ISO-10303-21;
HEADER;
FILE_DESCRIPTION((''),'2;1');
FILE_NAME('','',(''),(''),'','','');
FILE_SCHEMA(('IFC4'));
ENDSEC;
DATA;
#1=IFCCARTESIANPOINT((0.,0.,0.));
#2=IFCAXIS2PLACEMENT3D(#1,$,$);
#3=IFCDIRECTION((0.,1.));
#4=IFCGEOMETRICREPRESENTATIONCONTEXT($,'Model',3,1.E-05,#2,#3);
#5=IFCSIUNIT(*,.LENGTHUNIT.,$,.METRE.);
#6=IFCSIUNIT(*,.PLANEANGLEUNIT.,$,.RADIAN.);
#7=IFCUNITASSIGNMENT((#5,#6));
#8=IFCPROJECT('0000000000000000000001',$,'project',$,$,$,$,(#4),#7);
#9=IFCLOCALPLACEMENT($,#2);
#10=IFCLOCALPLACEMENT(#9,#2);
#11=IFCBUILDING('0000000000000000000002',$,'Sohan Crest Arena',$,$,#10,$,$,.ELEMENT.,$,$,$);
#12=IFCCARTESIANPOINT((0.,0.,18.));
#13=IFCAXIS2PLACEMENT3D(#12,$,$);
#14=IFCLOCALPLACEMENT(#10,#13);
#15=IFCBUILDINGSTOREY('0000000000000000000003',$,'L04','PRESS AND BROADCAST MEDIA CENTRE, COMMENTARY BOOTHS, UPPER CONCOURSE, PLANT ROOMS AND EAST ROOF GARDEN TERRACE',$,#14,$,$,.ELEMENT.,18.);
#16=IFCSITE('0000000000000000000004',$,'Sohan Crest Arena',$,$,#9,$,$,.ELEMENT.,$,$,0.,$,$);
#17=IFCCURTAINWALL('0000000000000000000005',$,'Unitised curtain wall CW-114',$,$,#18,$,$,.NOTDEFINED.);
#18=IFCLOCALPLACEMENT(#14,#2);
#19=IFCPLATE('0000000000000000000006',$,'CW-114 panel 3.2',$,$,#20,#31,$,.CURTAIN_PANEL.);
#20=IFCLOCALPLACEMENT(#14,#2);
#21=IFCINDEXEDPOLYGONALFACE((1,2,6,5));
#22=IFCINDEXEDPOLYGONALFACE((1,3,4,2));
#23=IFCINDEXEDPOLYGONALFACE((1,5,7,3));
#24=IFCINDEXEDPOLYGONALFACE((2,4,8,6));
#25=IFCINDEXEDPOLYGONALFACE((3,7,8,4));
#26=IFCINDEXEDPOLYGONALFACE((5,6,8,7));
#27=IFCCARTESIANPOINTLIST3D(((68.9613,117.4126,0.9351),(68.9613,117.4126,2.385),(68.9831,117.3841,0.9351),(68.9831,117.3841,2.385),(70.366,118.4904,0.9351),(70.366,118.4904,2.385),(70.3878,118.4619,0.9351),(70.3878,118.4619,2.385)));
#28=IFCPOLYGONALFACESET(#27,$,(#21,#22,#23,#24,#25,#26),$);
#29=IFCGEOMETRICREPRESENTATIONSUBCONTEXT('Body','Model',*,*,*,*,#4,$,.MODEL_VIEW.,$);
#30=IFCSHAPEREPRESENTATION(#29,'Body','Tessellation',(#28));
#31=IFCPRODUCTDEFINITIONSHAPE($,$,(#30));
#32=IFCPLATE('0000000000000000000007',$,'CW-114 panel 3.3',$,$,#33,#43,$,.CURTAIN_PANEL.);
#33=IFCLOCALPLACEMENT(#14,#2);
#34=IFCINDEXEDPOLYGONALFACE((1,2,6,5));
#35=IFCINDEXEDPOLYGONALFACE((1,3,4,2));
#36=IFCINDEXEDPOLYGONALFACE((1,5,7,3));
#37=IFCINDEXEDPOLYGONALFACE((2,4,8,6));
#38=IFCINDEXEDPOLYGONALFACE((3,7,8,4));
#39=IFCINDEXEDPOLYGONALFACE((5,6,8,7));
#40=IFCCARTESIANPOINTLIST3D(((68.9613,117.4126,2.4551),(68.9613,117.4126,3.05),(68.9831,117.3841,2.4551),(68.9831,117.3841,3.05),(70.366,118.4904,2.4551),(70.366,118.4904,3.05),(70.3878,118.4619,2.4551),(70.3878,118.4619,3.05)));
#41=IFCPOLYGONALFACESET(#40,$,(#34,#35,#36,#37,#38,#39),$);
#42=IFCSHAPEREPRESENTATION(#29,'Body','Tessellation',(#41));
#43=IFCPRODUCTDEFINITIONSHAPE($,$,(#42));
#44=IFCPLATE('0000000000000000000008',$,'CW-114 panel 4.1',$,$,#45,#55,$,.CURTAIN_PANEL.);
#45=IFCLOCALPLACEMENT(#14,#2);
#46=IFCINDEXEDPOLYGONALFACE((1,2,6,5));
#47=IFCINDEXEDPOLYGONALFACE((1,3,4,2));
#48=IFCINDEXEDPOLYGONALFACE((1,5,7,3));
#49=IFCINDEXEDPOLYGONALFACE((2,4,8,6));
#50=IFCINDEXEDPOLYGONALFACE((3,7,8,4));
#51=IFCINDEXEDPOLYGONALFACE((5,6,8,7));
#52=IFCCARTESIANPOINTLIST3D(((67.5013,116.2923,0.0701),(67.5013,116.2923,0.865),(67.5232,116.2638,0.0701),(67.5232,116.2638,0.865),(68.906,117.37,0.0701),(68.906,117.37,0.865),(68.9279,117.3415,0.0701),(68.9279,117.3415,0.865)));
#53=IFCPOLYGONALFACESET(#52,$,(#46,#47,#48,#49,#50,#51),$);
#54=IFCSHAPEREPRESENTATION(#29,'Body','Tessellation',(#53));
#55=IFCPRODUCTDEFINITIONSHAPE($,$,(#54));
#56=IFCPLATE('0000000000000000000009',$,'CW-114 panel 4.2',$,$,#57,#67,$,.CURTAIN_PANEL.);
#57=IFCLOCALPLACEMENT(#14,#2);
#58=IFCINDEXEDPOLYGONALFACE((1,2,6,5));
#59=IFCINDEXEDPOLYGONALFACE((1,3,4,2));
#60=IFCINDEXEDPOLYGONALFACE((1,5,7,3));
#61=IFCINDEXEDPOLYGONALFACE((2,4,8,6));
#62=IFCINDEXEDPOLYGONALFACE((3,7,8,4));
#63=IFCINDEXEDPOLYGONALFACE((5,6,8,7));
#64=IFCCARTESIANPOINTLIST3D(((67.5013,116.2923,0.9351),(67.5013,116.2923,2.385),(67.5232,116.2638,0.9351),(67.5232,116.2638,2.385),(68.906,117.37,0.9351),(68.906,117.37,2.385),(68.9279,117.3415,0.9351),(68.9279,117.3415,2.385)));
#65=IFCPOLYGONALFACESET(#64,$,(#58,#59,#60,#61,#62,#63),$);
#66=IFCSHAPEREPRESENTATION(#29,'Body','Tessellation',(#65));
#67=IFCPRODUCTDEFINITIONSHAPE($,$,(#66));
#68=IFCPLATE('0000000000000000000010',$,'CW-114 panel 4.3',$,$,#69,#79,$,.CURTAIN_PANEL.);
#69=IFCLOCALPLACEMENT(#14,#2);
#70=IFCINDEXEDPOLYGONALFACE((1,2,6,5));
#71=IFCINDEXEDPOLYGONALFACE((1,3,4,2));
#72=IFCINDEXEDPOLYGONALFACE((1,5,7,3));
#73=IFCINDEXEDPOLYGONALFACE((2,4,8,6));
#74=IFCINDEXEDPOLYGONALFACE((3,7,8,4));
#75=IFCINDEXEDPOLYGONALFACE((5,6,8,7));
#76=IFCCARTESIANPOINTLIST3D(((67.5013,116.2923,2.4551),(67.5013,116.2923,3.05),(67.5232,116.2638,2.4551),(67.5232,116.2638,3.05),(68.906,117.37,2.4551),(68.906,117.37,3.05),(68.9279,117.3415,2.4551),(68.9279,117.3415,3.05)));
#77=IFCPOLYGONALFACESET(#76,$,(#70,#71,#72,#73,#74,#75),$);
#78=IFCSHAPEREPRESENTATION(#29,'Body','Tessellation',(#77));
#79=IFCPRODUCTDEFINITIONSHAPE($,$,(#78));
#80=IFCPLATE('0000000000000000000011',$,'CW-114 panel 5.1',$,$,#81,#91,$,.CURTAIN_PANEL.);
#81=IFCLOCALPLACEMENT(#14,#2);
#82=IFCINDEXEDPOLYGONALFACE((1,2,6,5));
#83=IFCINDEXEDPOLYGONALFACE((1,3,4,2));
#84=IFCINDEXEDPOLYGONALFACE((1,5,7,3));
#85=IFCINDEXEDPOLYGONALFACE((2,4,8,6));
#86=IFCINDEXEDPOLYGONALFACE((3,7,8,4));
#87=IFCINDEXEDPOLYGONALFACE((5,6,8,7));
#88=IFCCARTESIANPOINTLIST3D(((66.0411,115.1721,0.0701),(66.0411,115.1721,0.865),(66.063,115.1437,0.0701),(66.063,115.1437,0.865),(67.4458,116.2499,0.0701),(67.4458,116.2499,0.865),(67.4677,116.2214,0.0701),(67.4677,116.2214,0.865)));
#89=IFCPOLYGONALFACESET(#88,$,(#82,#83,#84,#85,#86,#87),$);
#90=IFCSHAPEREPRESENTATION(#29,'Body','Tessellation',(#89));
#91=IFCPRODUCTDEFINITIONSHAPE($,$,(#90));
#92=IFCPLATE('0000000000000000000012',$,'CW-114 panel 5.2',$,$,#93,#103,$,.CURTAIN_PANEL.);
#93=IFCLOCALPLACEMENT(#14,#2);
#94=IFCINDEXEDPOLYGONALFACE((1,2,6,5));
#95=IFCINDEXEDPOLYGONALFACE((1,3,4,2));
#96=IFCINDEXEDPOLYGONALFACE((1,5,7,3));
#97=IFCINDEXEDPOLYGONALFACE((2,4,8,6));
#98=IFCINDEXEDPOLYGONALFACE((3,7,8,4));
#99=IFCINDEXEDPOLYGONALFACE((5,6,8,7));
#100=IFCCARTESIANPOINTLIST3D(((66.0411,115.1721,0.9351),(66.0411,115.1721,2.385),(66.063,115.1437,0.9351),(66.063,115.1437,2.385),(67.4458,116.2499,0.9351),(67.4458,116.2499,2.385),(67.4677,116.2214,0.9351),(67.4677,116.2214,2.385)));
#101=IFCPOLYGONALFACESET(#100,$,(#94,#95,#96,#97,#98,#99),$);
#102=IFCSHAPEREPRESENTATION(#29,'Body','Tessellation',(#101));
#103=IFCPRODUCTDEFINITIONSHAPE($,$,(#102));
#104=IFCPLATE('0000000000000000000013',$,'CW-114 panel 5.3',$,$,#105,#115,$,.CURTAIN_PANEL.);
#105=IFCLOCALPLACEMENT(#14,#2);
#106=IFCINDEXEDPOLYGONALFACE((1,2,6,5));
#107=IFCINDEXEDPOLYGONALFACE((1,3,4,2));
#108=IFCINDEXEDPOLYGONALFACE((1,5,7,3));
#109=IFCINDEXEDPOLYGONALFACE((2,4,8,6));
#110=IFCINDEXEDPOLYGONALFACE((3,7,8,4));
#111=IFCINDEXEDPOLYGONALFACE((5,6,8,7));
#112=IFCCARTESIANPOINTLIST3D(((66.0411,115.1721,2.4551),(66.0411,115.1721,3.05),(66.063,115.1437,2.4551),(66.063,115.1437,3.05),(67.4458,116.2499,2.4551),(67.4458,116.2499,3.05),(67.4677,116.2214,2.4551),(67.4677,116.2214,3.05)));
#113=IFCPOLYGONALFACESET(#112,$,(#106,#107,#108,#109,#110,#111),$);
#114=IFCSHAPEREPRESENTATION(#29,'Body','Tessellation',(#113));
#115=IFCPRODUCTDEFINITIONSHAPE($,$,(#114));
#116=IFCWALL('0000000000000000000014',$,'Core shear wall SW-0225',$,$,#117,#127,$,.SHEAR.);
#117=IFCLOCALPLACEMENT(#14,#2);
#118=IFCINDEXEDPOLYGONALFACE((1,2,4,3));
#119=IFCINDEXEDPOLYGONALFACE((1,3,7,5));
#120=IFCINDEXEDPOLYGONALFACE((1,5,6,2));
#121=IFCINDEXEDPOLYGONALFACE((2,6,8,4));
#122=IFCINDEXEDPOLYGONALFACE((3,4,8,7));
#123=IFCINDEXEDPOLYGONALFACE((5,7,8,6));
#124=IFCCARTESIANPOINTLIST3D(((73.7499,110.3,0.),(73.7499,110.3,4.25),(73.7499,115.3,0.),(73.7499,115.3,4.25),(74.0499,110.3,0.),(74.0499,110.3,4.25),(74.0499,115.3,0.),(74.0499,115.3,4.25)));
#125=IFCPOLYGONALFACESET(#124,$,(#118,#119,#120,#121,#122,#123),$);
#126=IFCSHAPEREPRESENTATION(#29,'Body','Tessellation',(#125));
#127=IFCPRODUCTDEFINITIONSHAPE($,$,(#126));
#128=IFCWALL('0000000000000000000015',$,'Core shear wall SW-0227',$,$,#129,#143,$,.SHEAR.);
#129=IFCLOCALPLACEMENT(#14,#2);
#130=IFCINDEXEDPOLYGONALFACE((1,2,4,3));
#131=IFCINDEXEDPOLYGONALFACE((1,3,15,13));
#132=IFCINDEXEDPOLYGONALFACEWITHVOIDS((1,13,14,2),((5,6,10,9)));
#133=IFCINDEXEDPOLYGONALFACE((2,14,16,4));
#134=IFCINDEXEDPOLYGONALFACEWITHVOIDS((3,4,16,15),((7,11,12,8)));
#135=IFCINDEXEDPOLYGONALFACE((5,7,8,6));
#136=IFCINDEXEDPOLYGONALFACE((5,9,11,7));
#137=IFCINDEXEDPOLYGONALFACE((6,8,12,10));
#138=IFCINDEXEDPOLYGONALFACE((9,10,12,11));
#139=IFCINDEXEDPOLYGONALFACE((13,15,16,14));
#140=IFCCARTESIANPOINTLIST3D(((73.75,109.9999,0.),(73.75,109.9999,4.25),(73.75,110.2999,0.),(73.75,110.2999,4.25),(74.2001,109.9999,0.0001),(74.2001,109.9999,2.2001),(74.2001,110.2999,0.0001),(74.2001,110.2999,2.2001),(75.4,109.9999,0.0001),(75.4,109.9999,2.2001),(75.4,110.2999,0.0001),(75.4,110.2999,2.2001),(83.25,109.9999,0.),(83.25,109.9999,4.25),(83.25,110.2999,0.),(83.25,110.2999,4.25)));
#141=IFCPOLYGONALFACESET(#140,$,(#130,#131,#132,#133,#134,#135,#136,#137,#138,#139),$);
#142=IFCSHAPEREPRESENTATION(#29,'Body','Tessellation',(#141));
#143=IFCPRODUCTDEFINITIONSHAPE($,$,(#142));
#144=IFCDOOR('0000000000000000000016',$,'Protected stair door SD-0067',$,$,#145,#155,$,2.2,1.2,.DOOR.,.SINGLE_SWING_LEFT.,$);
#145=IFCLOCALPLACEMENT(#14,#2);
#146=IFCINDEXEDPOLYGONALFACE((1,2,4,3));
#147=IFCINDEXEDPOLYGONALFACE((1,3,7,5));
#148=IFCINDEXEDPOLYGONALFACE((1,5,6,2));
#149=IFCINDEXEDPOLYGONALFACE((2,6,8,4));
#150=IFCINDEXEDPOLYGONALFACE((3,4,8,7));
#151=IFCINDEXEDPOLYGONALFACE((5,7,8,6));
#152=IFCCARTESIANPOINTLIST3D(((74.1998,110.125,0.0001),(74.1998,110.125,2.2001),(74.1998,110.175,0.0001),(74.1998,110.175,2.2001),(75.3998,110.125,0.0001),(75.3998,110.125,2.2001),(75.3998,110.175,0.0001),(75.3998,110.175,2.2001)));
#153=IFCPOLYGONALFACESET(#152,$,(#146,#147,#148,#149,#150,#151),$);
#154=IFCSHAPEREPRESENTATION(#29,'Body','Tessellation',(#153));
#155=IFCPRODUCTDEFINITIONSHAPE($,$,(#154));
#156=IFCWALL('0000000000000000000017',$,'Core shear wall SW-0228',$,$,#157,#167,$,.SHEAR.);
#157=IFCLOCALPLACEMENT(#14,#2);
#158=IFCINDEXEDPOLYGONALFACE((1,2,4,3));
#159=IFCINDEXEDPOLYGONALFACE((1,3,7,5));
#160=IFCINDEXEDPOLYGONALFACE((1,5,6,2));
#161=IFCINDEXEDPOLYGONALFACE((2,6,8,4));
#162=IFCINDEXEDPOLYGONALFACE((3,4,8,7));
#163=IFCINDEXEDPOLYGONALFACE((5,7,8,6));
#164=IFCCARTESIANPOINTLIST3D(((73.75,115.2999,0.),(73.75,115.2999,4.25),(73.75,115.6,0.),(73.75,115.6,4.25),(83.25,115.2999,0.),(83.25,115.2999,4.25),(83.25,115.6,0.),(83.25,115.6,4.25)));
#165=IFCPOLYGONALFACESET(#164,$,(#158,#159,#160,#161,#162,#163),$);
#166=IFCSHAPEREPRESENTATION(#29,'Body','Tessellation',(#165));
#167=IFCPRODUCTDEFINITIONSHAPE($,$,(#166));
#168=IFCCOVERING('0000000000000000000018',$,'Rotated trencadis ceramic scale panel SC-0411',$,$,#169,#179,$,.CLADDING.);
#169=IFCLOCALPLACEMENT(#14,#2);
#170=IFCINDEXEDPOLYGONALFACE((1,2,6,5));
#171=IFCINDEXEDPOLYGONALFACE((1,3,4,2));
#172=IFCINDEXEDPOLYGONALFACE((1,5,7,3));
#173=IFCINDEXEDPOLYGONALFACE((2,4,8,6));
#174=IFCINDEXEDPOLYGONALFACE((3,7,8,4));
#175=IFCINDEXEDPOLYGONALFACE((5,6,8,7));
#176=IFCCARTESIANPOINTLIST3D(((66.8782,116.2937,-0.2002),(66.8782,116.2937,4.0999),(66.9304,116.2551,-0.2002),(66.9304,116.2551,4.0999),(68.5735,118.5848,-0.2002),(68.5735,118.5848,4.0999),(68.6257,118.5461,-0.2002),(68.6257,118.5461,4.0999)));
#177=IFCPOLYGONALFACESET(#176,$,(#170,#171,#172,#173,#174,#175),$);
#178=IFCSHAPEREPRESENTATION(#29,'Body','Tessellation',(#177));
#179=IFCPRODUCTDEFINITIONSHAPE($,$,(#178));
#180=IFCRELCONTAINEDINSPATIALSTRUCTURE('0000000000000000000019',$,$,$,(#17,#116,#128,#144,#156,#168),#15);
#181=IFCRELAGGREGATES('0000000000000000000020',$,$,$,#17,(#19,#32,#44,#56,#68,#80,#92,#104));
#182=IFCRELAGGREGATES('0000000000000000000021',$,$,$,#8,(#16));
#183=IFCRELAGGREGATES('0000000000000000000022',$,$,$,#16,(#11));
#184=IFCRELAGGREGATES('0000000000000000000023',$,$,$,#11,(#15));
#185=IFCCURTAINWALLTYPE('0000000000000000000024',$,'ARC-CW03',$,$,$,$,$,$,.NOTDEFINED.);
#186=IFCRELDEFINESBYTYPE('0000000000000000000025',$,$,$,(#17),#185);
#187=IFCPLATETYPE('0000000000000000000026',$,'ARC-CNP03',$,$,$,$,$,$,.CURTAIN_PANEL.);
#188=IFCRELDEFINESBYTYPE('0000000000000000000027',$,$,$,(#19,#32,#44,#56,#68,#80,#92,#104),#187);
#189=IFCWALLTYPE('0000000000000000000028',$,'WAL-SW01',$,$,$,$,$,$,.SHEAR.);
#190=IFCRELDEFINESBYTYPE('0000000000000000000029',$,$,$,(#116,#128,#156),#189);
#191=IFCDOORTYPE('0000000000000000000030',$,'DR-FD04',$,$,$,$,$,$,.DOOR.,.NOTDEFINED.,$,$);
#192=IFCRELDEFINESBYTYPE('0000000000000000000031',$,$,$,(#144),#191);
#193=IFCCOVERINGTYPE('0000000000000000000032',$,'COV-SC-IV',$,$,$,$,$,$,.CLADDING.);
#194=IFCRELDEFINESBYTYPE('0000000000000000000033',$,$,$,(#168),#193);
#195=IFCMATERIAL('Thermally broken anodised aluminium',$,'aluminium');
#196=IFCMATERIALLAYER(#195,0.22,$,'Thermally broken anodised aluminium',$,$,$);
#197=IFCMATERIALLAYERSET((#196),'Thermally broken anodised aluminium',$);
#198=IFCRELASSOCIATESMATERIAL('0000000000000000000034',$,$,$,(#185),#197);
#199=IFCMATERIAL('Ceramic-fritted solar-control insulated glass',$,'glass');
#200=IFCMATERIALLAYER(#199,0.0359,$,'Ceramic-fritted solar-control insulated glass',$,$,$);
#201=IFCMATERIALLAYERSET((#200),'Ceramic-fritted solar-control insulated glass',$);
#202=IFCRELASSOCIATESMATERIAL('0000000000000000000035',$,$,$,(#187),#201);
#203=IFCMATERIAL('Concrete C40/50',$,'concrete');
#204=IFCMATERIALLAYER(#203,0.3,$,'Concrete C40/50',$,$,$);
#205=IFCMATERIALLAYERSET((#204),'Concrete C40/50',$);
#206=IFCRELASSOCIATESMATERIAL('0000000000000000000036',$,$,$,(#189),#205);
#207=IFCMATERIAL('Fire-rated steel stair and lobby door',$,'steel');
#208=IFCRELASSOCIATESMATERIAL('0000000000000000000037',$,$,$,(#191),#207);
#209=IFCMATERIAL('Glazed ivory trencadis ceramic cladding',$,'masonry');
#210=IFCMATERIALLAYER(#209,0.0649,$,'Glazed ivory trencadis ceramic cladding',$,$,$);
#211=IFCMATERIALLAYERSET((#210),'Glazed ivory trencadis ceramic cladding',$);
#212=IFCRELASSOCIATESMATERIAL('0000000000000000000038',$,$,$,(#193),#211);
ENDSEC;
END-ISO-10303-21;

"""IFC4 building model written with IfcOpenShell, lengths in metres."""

from ifc_helpers import new_model, si_unit, direction, frame, frame_2d, origin, origin_2d, place, context, subcontext, project, spatial, rectangle, extrude, material, layer, layer_set, type_object, element, fill, aggregate, save


model = new_model("IFC4")

# Units and contexts
model_context = context("Model", 3, precision=1e-05, world=origin(), true_north=direction((0.0, 1.0)))
body_context = subcontext(model_context, "Body", "Model", "MODEL_VIEW")
ifc_project = project(units=[si_unit("LENGTHUNIT", "METRE"), si_unit("PLANEANGLEUNIT", "RADIAN")], contexts=[model_context])

# Site, building, storey
site_placement = place(None, origin())
site = spatial("IfcSite", under=ifc_project, at=site_placement, Name="Sohan Crest Arena", CompositionType="ELEMENT", RefElevation=0.0)
building_placement = place(site_placement, origin())
building = spatial("IfcBuilding", under=site, at=building_placement, Name="Sohan Crest Arena", CompositionType="ELEMENT")
storey_placement = place(building_placement, frame((0.0, 0.0, 18.0)))
storey = spatial("IfcBuildingStorey", under=building, at=storey_placement, Name="L04", Description="PRESS AND BROADCAST MEDIA CENTRE, COMMENTARY BOOTHS, UPPER CONCOURSE, PLANT ROOMS AND EAST ROOF GARDEN TERRACE", CompositionType="ELEMENT", Elevation=18.0)

# Curtain wall
ifc_material_1 = material(Name="Thermally broken anodised aluminium", Category="aluminium")
ifc_layer_1 = layer(ifc_material_1, 0.22, Name="Thermally broken anodised aluminium")
ifc_layer_set_1 = layer_set([ifc_layer_1], Name="Thermally broken anodised aluminium")
curtain_wall_type = type_object("IfcCurtainWallType", Name="ARC-CW03", PredefinedType="NOTDEFINED", material=ifc_layer_set_1)
curtain_wall_placement = place(storey_placement, origin())
curtain_wall = element("IfcCurtainWall", 1, at=curtain_wall_placement, inside=storey, type_object=curtain_wall_type, Name="Unitised curtain wall CW-114", PredefinedType="NOTDEFINED")

# Plates
ifc_material_2 = material(Name="Ceramic-fritted solar-control insulated glass", Category="glass")
ifc_layer_2 = layer(ifc_material_2, 0.0359, Name="Ceramic-fritted solar-control insulated glass")
ifc_layer_set_2 = layer_set([ifc_layer_2], Name="Ceramic-fritted solar-control insulated glass")
plate_type = type_object("IfcPlateType", Name="ARC-CNP03", PredefinedType="CURTAIN_PANEL", material=ifc_layer_set_2)
plate_1_placement = place(storey_placement, frame((69.6746, 117.9373, 0.9351), z_axis=(0.0, 0.0, 1.0), x_axis=(-0.793385, -0.60872, 0.0)))
plate_1 = element("IfcPlate", 2, at=plate_1_placement, type_object=plate_type, Name="CW-114 panel 3.2", PredefinedType="CURTAIN_PANEL", context=body_context, shape_type="SweptSolid", body=[
    extrude(rectangle(XDim=1.7705, YDim=0.0359, at=origin_2d()), origin(), (0.0, 0.0, 1.0), 1.45),
])
plate_2_placement = place(storey_placement, frame((69.6746, 117.9373, 2.4551), z_axis=(0.0, 0.0, 1.0), x_axis=(-0.793385, -0.60872, 0.0)))
plate_2 = element("IfcPlate", 3, at=plate_2_placement, type_object=plate_type, Name="CW-114 panel 3.3", PredefinedType="CURTAIN_PANEL", context=body_context, shape_type="SweptSolid", body=[
    extrude(rectangle(XDim=1.7705, YDim=0.0359, at=origin_2d()), origin(), (0.0, 0.0, 1.0), 0.595),
])
plate_3_placement = place(storey_placement, frame((68.2146, 116.8169, 0.0701), z_axis=(0.0, 0.0, 1.0), x_axis=(-0.793385, -0.60872, 0.0)))
plate_3 = element("IfcPlate", 4, at=plate_3_placement, type_object=plate_type, Name="CW-114 panel 4.1", PredefinedType="CURTAIN_PANEL", context=body_context, shape_type="SweptSolid", body=[
    extrude(rectangle(XDim=1.7705, YDim=0.0359, at=origin_2d()), origin(), (0.0, 0.0, 1.0), 0.7949),
])
plate_4_placement = place(storey_placement, frame((68.2146, 116.8169, 0.9351), z_axis=(0.0, 0.0, 1.0), x_axis=(-0.793385, -0.60872, 0.0)))
plate_4 = element("IfcPlate", 5, at=plate_4_placement, type_object=plate_type, Name="CW-114 panel 4.2", PredefinedType="CURTAIN_PANEL", context=body_context, shape_type="SweptSolid", body=[
    extrude(rectangle(XDim=1.7705, YDim=0.0359, at=origin_2d()), origin(), (0.0, 0.0, 1.0), 1.45),
])
plate_5_placement = place(storey_placement, frame((68.2146, 116.8169, 2.4551), z_axis=(0.0, 0.0, 1.0), x_axis=(-0.793385, -0.60872, 0.0)))
plate_5 = element("IfcPlate", 6, at=plate_5_placement, type_object=plate_type, Name="CW-114 panel 4.3", PredefinedType="CURTAIN_PANEL", context=body_context, shape_type="SweptSolid", body=[
    extrude(rectangle(XDim=1.7705, YDim=0.0359, at=origin_2d()), origin(), (0.0, 0.0, 1.0), 0.595),
])
plate_6_placement = place(storey_placement, frame((66.7544, 115.6968, 0.0701), z_axis=(0.0, 0.0, 1.0), x_axis=(-0.793385, -0.60872, 0.0)))
plate_6 = element("IfcPlate", 7, at=plate_6_placement, type_object=plate_type, Name="CW-114 panel 5.1", PredefinedType="CURTAIN_PANEL", context=body_context, shape_type="SweptSolid", body=[
    extrude(rectangle(XDim=1.7705, YDim=0.0359, at=origin_2d()), origin(), (0.0, 0.0, 1.0), 0.7949),
])
plate_7_placement = place(storey_placement, frame((66.7544, 115.6968, 0.9351), z_axis=(0.0, 0.0, 1.0), x_axis=(-0.793385, -0.60872, 0.0)))
plate_7 = element("IfcPlate", 8, at=plate_7_placement, type_object=plate_type, Name="CW-114 panel 5.2", PredefinedType="CURTAIN_PANEL", context=body_context, shape_type="SweptSolid", body=[
    extrude(rectangle(XDim=1.7705, YDim=0.0359, at=origin_2d()), origin(), (0.0, 0.0, 1.0), 1.45),
])
plate_8_placement = place(storey_placement, frame((66.7544, 115.6968, 2.4551), z_axis=(0.0, 0.0, 1.0), x_axis=(-0.793385, -0.60872, 0.0)))
plate_8 = element("IfcPlate", 9, at=plate_8_placement, type_object=plate_type, Name="CW-114 panel 5.3", PredefinedType="CURTAIN_PANEL", context=body_context, shape_type="SweptSolid", body=[
    extrude(rectangle(XDim=1.7705, YDim=0.0359, at=origin_2d()), origin(), (0.0, 0.0, 1.0), 0.595),
])
aggregate(curtain_wall, [plate_1, plate_2, plate_3, plate_4, plate_5, plate_6, plate_7, plate_8])

# Wall
ifc_material_3 = material(Name="Concrete C40/50", Category="concrete")
ifc_layer_3 = layer(ifc_material_3, 0.3, Name="Concrete C40/50")
ifc_layer_set_3 = layer_set([ifc_layer_3], Name="Concrete C40/50")
wall_type = type_object("IfcWallType", Name="WAL-SW01", PredefinedType="SHEAR", material=ifc_layer_set_3)
wall_1_placement = place(storey_placement, frame((73.8999, 110.3, 0.0), z_axis=(0.0, 0.0, 1.0), x_axis=(0.0, 1.0, 0.0)))
element("IfcWall", 10, at=wall_1_placement, inside=storey, type_object=wall_type, Name="Core shear wall SW-0225", PredefinedType="SHEAR", context=body_context, shape_type="SweptSolid", body=[
    extrude(rectangle(XDim=5.0, YDim=0.3, at=frame_2d((2.5, 0.0))), origin(), (0.0, 0.0, 1.0), 4.25),
])

# Wall, opening, door
wall_2_placement = place(storey_placement, frame((73.75, 110.1499, 0.0), z_axis=(0.0, 0.0, 1.0), x_axis=(1.0, 0.0, 0.0)))
wall_2 = element("IfcWall", 11, at=wall_2_placement, inside=storey, type_object=wall_type, Name="Core shear wall SW-0227", PredefinedType="SHEAR", context=body_context, shape_type="SweptSolid", body=[
    extrude(rectangle(XDim=9.5, YDim=0.3, at=frame_2d((4.75, 0.0))), origin(), (0.0, 0.0, 1.0), 4.25),
])
opening_placement = place(wall_2_placement, frame((0.45, 0.0, 0.0)))
opening = element("IfcOpeningElement", 12, at=opening_placement, cuts=wall_2, PredefinedType="OPENING", context=body_context, shape_type="SweptSolid", body=[
    extrude(rectangle(XDim=1.2, YDim=2.2, at=frame_2d((0.6001, 1.1001))), frame((0.0, 0.1599, 0.0), z_axis=(0.0, -1.0, 0.0), x_axis=(1.0, 0.0, 0.0)), (0.0, 0.0, 1.0), 0.3201),
])
ifc_material_4 = material(Name="Fire-rated steel stair and lobby door", Category="steel")
door_type = type_object("IfcDoorType", Name="DR-FD04", OperationType="NOTDEFINED", PredefinedType="DOOR", material=ifc_material_4)
door_placement = place(opening_placement, frame((1.2, 0.0, 0.0), z_axis=(0.0, 0.0, 1.0), x_axis=(-1.0, 0.0, 0.0)))
door = element("IfcDoor", 13, at=door_placement, inside=storey, type_object=door_type, Name="Protected stair door SD-0067", OperationType="SINGLE_SWING_LEFT", OverallHeight=2.2, OverallWidth=1.2, PredefinedType="DOOR", context=body_context, shape_type="SweptSolid", body=[
    extrude(rectangle(XDim=1.2, YDim=2.2, at=frame_2d((0.6001, 1.1001))), frame((0.0, 0.0249, 0.0), z_axis=(0.0, -1.0, 0.0), x_axis=(1.0, 0.0, 0.0)), (0.0, 0.0, 1.0), 0.05),
])
fill(opening, door)

# Wall
wall_3_placement = place(storey_placement, frame((73.75, 115.45, 0.0), z_axis=(0.0, 0.0, 1.0), x_axis=(1.0, 0.0, 0.0)))
element("IfcWall", 14, at=wall_3_placement, inside=storey, type_object=wall_type, Name="Core shear wall SW-0228", PredefinedType="SHEAR", context=body_context, shape_type="SweptSolid", body=[
    extrude(rectangle(XDim=9.5, YDim=0.3, at=frame_2d((4.75, 0.0))), origin(), (0.0, 0.0, 1.0), 4.25),
])

# Covering
ifc_material_5 = material(Name="Glazed ivory trencadis ceramic cladding", Category="masonry")
ifc_layer_4 = layer(ifc_material_5, 0.0649, Name="Glazed ivory trencadis ceramic cladding")
ifc_layer_set_4 = layer_set([ifc_layer_4], Name="Glazed ivory trencadis ceramic cladding")
covering_type = type_object("IfcCoveringType", Name="COV-SC-IV", PredefinedType="CLADDING", material=ifc_layer_set_4)
covering_placement = place(storey_placement, frame((67.752, 117.4199, -0.2002), z_axis=(0.0, 0.0, 1.0), x_axis=(-0.594823, -0.803857, 0.0)))
element("IfcCovering", 15, at=covering_placement, inside=storey, type_object=covering_type, Name="Rotated trencadis ceramic scale panel SC-0411", PredefinedType="CLADDING", context=body_context, shape_type="SweptSolid", body=[
    extrude(rectangle(XDim=2.8501, YDim=0.0649, at=origin_2d()), origin(), (0.0, 0.0, 1.0), 4.3),
])

save(model, "model.ifc")
